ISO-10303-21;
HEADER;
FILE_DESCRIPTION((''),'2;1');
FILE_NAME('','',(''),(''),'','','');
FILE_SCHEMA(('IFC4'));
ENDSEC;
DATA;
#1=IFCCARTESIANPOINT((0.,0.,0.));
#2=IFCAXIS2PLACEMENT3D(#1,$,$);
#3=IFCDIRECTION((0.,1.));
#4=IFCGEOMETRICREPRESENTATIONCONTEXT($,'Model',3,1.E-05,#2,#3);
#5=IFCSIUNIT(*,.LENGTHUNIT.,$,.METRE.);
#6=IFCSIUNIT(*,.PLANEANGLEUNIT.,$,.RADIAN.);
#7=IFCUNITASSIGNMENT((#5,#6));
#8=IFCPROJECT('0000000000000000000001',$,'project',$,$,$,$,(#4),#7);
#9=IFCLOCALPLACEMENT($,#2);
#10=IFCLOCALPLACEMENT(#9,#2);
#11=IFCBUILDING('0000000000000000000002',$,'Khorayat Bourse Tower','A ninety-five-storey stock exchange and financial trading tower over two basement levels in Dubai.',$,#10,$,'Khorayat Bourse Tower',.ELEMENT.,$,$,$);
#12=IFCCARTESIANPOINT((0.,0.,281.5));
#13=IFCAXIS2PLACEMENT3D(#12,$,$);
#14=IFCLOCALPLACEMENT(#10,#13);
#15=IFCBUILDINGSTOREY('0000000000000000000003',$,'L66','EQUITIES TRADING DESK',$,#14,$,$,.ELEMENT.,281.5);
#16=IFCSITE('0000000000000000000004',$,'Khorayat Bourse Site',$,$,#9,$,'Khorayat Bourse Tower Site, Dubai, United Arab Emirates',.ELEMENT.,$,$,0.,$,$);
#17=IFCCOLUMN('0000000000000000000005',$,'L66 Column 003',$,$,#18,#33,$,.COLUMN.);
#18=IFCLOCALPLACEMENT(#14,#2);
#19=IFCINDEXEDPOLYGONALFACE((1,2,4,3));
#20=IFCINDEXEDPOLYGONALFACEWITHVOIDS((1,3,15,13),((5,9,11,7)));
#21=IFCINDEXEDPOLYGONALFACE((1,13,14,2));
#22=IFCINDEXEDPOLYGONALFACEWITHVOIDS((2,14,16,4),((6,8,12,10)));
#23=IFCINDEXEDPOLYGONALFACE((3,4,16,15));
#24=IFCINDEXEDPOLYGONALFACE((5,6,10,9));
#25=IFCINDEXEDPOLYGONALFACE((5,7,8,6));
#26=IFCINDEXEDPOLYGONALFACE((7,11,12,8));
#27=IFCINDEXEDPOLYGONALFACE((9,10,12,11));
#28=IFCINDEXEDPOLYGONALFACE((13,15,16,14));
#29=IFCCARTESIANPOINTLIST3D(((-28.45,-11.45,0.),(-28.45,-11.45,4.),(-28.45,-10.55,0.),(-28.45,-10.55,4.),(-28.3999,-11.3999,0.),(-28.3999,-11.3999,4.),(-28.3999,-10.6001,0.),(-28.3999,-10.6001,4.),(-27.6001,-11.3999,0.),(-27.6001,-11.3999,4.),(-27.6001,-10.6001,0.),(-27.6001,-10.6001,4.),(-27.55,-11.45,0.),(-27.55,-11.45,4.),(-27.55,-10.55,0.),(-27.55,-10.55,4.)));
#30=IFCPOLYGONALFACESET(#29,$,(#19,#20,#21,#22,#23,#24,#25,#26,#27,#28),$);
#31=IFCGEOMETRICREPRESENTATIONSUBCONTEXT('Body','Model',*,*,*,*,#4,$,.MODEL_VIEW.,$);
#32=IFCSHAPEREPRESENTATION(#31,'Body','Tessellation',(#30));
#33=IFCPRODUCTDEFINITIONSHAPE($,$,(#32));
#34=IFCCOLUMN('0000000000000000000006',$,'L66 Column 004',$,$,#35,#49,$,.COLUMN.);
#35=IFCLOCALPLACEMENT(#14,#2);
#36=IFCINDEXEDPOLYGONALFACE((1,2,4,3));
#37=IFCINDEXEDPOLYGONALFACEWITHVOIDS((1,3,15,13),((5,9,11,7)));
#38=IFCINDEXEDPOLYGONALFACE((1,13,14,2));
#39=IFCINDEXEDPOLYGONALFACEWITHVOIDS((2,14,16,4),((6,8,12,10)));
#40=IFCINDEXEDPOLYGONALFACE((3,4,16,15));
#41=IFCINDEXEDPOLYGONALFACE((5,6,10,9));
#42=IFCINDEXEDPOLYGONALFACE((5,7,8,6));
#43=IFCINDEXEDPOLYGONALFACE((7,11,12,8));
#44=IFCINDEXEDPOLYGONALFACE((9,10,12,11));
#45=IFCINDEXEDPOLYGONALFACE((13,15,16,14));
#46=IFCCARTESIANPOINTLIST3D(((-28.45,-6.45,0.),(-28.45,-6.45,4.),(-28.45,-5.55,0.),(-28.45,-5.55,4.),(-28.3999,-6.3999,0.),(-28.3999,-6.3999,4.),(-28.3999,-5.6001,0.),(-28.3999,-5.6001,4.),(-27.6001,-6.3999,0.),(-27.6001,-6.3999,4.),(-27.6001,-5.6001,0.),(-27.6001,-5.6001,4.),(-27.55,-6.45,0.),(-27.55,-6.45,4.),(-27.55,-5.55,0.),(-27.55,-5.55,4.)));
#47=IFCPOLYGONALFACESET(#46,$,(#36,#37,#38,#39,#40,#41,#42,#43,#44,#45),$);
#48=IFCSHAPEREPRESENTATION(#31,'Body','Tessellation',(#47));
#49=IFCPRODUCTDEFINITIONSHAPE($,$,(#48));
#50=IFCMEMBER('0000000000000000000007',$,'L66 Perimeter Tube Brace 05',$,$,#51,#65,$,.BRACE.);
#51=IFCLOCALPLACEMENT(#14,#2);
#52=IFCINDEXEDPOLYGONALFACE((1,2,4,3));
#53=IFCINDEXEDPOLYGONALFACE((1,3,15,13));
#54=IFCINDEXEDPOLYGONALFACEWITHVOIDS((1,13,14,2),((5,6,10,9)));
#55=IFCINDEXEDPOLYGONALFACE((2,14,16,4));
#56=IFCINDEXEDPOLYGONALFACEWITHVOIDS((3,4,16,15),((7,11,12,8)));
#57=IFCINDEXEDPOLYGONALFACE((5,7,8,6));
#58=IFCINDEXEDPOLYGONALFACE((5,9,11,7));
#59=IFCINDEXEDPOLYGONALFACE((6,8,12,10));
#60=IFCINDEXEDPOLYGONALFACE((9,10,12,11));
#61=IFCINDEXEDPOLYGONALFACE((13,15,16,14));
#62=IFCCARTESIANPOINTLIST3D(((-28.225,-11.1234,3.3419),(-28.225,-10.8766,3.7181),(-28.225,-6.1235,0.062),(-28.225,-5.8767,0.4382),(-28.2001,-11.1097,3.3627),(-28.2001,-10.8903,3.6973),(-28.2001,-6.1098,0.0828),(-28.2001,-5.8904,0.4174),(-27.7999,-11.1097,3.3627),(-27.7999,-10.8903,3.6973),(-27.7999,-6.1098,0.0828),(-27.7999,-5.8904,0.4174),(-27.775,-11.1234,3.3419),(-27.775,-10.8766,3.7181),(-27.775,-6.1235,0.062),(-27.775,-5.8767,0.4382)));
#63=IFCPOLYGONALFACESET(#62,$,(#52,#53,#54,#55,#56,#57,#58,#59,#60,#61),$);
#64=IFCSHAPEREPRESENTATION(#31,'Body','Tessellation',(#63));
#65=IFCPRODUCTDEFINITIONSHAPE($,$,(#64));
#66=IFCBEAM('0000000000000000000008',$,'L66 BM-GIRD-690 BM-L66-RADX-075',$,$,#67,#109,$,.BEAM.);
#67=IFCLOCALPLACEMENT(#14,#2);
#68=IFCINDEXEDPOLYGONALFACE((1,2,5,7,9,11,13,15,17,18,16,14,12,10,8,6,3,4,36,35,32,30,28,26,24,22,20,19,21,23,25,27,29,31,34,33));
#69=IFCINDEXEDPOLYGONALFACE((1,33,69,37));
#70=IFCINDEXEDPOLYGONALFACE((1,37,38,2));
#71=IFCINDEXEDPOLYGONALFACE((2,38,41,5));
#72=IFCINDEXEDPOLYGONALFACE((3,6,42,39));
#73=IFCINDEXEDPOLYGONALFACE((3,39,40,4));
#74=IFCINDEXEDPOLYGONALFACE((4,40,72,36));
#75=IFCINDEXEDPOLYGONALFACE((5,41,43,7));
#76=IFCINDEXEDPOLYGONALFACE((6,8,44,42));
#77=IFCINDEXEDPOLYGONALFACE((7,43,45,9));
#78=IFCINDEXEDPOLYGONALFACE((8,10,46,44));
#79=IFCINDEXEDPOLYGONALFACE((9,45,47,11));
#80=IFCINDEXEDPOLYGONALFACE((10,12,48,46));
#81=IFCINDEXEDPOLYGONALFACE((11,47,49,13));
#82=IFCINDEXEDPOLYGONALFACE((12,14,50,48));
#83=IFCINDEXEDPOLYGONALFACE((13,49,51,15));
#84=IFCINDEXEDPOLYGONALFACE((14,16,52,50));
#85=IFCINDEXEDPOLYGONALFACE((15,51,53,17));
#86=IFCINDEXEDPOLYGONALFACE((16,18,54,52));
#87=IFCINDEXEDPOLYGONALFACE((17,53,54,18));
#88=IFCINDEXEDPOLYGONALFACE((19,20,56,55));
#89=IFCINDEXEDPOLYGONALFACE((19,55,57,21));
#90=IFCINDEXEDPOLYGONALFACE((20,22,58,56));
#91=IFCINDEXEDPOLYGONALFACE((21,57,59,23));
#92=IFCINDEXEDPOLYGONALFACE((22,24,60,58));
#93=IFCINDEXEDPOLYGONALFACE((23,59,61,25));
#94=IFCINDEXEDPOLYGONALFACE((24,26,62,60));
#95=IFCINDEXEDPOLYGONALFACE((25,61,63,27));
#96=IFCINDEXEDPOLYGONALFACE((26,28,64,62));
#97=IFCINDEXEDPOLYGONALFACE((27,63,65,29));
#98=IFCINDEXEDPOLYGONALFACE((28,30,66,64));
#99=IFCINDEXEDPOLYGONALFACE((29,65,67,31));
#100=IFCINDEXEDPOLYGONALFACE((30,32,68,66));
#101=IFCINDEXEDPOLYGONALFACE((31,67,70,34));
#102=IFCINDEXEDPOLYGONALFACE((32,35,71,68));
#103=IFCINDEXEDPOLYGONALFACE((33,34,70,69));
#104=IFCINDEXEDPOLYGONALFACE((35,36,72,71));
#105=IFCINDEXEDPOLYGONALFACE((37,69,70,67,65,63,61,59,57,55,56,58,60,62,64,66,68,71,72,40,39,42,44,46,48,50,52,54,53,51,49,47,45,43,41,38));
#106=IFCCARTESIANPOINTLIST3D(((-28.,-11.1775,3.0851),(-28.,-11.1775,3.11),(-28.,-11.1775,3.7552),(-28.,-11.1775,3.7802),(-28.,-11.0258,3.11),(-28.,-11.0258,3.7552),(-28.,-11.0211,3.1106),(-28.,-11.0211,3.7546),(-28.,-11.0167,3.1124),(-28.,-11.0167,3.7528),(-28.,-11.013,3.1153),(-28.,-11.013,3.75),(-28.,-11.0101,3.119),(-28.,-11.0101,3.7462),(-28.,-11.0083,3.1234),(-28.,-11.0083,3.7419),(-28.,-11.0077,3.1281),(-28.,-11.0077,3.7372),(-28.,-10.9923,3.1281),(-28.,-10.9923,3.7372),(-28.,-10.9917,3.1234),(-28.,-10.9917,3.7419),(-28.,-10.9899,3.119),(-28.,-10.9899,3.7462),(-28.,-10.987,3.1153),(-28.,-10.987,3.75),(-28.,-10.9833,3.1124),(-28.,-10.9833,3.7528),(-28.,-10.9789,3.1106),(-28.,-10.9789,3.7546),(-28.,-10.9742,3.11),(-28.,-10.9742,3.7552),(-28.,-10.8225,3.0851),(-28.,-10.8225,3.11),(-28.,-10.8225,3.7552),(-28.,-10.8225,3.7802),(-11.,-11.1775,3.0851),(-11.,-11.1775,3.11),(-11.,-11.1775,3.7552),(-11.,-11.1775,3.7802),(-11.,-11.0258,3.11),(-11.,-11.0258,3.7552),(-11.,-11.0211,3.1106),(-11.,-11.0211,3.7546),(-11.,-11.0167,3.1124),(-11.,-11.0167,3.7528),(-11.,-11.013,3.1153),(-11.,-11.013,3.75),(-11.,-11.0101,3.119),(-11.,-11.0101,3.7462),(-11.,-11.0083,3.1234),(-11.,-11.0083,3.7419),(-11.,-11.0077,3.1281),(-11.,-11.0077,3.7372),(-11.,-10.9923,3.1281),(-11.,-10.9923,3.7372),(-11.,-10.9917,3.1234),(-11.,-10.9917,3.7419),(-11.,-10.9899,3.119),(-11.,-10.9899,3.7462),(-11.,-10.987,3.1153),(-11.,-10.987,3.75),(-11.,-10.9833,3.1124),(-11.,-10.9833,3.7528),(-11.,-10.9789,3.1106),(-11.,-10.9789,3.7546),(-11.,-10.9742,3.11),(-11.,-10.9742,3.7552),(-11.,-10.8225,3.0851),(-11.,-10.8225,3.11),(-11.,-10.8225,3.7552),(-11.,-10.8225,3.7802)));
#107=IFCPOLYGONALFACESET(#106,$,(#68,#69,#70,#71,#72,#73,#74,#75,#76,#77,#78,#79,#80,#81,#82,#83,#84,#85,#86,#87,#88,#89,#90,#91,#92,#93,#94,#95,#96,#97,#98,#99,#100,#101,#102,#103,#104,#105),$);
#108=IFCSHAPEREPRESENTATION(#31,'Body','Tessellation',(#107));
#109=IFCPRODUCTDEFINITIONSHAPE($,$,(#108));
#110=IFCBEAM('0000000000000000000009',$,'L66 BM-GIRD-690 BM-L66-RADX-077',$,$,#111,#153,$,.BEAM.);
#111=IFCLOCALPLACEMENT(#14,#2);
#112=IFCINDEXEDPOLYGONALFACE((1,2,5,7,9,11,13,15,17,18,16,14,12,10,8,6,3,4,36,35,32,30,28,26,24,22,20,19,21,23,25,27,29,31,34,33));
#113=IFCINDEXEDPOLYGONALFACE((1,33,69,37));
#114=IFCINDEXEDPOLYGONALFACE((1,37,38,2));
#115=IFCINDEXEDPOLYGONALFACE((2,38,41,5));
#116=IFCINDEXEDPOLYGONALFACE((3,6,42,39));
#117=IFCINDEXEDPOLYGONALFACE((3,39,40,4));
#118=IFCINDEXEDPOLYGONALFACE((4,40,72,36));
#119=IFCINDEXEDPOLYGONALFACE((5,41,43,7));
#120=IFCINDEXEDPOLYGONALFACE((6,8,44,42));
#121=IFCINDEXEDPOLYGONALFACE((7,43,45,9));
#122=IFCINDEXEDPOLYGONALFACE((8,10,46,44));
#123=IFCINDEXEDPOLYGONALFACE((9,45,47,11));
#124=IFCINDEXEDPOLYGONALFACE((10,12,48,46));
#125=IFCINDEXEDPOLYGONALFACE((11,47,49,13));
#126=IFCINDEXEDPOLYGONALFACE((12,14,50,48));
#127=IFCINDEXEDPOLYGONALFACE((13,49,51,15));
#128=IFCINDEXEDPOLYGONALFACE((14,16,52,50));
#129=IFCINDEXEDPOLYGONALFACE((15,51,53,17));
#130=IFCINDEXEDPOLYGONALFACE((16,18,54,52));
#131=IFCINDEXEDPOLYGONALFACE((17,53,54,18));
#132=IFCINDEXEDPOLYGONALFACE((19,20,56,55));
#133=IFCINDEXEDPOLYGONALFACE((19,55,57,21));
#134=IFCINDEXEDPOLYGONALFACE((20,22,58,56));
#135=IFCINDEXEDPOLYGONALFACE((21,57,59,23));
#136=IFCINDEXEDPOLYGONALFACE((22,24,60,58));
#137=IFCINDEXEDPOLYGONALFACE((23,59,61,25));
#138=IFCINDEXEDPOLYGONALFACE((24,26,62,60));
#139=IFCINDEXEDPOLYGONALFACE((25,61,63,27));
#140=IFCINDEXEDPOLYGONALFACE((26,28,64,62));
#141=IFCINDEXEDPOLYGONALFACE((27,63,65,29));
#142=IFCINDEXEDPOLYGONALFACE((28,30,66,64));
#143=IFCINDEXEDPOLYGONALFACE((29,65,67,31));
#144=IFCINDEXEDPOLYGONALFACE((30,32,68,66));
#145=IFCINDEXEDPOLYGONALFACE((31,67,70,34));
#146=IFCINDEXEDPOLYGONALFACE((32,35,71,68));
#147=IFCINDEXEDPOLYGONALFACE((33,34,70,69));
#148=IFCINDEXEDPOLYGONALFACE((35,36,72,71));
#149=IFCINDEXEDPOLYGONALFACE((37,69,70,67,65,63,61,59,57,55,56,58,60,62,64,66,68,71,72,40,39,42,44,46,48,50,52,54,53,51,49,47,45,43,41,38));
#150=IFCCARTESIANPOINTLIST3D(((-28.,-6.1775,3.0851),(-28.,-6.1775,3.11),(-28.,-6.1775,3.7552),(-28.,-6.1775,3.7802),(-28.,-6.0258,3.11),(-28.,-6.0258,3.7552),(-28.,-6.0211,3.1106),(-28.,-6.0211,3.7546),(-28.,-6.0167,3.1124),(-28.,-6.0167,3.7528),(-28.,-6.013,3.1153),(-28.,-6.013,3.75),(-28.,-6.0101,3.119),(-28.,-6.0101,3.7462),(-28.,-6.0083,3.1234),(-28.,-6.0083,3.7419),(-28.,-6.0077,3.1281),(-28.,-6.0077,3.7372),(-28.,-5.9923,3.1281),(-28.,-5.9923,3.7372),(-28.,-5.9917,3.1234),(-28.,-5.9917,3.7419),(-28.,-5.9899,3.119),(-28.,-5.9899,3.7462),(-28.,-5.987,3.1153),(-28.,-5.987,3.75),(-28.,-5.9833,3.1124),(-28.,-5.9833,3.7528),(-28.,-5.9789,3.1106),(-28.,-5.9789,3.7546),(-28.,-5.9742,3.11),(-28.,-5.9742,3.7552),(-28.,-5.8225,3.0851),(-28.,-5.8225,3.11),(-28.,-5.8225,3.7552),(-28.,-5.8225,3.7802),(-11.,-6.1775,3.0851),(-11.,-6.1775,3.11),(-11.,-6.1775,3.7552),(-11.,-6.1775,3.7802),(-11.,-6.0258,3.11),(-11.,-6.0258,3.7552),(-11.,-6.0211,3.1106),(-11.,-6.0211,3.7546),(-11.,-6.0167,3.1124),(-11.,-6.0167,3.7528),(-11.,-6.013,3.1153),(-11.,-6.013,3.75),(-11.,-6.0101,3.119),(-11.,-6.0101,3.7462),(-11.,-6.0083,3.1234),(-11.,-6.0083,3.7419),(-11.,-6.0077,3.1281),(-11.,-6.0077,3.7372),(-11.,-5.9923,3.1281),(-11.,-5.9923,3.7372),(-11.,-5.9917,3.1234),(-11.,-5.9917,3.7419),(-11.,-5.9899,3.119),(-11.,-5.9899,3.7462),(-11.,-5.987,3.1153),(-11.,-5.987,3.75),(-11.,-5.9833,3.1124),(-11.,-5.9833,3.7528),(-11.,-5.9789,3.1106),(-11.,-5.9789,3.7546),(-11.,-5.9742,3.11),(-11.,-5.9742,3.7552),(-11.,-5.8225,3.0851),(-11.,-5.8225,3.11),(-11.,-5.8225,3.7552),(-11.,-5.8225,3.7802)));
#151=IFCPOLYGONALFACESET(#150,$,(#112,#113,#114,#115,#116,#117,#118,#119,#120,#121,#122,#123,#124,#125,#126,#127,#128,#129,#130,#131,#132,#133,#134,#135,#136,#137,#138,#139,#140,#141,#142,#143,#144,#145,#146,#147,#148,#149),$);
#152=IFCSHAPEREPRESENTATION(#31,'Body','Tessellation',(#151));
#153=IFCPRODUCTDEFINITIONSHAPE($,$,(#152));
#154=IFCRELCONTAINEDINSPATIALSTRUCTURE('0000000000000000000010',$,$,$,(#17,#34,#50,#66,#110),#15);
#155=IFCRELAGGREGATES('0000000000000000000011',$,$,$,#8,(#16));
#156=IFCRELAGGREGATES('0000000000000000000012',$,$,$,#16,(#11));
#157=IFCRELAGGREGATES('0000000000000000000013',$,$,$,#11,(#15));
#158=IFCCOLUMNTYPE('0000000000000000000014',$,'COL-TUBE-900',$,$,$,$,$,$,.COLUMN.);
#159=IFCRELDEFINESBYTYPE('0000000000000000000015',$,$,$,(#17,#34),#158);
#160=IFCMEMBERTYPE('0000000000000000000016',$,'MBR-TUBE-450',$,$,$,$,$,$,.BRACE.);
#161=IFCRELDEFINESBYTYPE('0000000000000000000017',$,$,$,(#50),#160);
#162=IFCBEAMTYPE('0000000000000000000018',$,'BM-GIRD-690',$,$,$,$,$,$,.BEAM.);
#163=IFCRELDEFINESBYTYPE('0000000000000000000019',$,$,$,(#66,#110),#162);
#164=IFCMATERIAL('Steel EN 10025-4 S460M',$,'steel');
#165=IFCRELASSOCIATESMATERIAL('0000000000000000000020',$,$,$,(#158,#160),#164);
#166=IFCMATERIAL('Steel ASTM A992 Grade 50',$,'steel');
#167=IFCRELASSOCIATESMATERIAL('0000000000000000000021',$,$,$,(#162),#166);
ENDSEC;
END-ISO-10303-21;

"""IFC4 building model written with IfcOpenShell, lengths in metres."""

from ifc_helpers import new_model, si_unit, direction, frame, origin, origin_2d, place, context, subcontext, project, spatial, hollow_rectangle, i_section, extrude, source, transform, mapped, material, material_profile, profile_set, type_object, element, save


model = new_model("IFC4")

# Units and contexts
model_context = context("Model", 3, precision=1e-05, world=origin(), true_north=direction((0.0, 1.0)))
body_context = subcontext(model_context, "Body", "Model", "MODEL_VIEW")
ifc_project = project(units=[si_unit("LENGTHUNIT", "METRE"), si_unit("PLANEANGLEUNIT", "RADIAN")], contexts=[model_context])

# Site, building, storey
site_placement = place(None, origin())
site = spatial("IfcSite", under=ifc_project, at=site_placement, Name="Khorayat Bourse Site", LongName="Khorayat Bourse Tower Site, Dubai, United Arab Emirates", CompositionType="ELEMENT", RefElevation=0.0)
building_placement = place(site_placement, origin())
building = spatial("IfcBuilding", under=site, at=building_placement, Name="Khorayat Bourse Tower", Description="A ninety-five-storey stock exchange and financial trading tower over two basement levels in Dubai.", LongName="Khorayat Bourse Tower", CompositionType="ELEMENT")
storey_placement = place(building_placement, frame((0.0, 0.0, 281.5)))
storey = spatial("IfcBuildingStorey", under=building, at=storey_placement, Name="L66", Description="EQUITIES TRADING DESK", CompositionType="ELEMENT", Elevation=281.5)

# Columns
ifc_material_1 = material(Name="Steel EN 10025-4 S460M", Category="steel")
ifc_material_profile_1 = material_profile(ifc_material_1, hollow_rectangle(XDim=0.8999, YDim=0.8999, WallThickness=0.05, at=origin_2d()), Name="BOX 900x900x50")
ifc_profile_set_1 = profile_set([ifc_material_profile_1], Name="Steel EN 10025-4 S460M")
column_type = type_object("IfcColumnType", Name="COL-TUBE-900", PredefinedType="COLUMN", material=ifc_profile_set_1)
shared_shape_1 = source(origin(), body_context, "Body", "SweptSolid", [
    extrude(hollow_rectangle(XDim=0.8999, YDim=0.8999, WallThickness=0.05, at=origin_2d()), origin(), (0.0, 0.0, 1.0), 4.0),
])
for number, where, z_axis, x_axis, name in (
    (1, (-28.0, -11.0, 0.0), (0.0, 0.0, 1.0), (1.0, 0.0, 0.0), "L66 Column 003"),
    (2, (-28.0, -6.0, 0.0), (0.0, 0.0, 1.0), (1.0, 0.0, 0.0), "L66 Column 004"),
):
    element("IfcColumn", number, at=place(storey_placement, frame(where, z_axis=z_axis, x_axis=x_axis)), inside=storey, type_object=column_type, Name=name, PredefinedType="COLUMN", context=body_context, shape_type="MappedRepresentation", body=[
        mapped(shared_shape_1, transform((0.0, 0.0, 0.0), scale=1.0)),
    ])

# Member
ifc_material_profile_2 = material_profile(ifc_material_1, hollow_rectangle(XDim=0.45, YDim=0.45, WallThickness=0.0249, at=origin_2d()), Name="HSS 450x450x25")
ifc_profile_set_2 = profile_set([ifc_material_profile_2], Name="Steel EN 10025-4 S460M")
member_type_1 = type_object("IfcMemberType", Name="MBR-TUBE-450", PredefinedType="BRACE", material=ifc_profile_set_2)
shared_shape_2 = source(origin(), body_context, "Body", "SweptSolid", [
    extrude(hollow_rectangle(XDim=0.45, YDim=0.45, WallThickness=0.0249, at=origin_2d()), origin(), (0.0, 0.0, 1.0), 5.9797),
])
member_1_placement = place(storey_placement, frame((-28.0, -11.0, 3.53), z_axis=(0.0, 0.836142, -0.548514), x_axis=(-1.0, 0.0, 0.0)))
element("IfcMember", 3, at=member_1_placement, inside=storey, type_object=member_type_1, Name="L66 Perimeter Tube Brace 05", PredefinedType="BRACE", context=body_context, shape_type="MappedRepresentation", body=[
    mapped(shared_shape_2, transform((0.0, 0.0, 0.0), scale=1.0)),
])

# Beams
ifc_material_2 = material(Name="Steel ASTM A992 Grade 50", Category="steel")
ifc_material_profile_3 = material_profile(ifc_material_2, i_section(OverallWidth=0.355, OverallDepth=0.6951, WebThickness=0.0154, FlangeThickness=0.0249, FilletRadius=0.0181, at=origin_2d()), Name="W690X217")
ifc_profile_set_3 = profile_set([ifc_material_profile_3], Name="Steel ASTM A992 Grade 50")
beam_type_1 = type_object("IfcBeamType", Name="BM-GIRD-690", PredefinedType="BEAM", material=ifc_profile_set_3)
shared_shape_3 = source(origin(), body_context, "Body", "SweptSolid", [
    extrude(i_section(OverallWidth=0.355, OverallDepth=0.6951, WebThickness=0.0154, FlangeThickness=0.0249, FilletRadius=0.0181, at=origin_2d()), origin(), (0.0, 0.0, 1.0), 17.0),
])
for number, where, z_axis, x_axis, name in (
    (4, (-28.0, -11.0, 3.4326), (1.0, 0.0, 0.0), (0.0, 1.0, 0.0), "L66 BM-GIRD-690 BM-L66-RADX-075"),
    (5, (-28.0, -6.0, 3.4326), (1.0, 0.0, 0.0), (0.0, 1.0, 0.0), "L66 BM-GIRD-690 BM-L66-RADX-077"),
):
    element("IfcBeam", number, at=place(storey_placement, frame(where, z_axis=z_axis, x_axis=x_axis)), inside=storey, type_object=beam_type_1, Name=name, PredefinedType="BEAM", context=body_context, shape_type="MappedRepresentation", body=[
        mapped(shared_shape_3, transform((0.0, 0.0, 0.0), scale=1.0)),
    ])

save(model, "model.ifc")
